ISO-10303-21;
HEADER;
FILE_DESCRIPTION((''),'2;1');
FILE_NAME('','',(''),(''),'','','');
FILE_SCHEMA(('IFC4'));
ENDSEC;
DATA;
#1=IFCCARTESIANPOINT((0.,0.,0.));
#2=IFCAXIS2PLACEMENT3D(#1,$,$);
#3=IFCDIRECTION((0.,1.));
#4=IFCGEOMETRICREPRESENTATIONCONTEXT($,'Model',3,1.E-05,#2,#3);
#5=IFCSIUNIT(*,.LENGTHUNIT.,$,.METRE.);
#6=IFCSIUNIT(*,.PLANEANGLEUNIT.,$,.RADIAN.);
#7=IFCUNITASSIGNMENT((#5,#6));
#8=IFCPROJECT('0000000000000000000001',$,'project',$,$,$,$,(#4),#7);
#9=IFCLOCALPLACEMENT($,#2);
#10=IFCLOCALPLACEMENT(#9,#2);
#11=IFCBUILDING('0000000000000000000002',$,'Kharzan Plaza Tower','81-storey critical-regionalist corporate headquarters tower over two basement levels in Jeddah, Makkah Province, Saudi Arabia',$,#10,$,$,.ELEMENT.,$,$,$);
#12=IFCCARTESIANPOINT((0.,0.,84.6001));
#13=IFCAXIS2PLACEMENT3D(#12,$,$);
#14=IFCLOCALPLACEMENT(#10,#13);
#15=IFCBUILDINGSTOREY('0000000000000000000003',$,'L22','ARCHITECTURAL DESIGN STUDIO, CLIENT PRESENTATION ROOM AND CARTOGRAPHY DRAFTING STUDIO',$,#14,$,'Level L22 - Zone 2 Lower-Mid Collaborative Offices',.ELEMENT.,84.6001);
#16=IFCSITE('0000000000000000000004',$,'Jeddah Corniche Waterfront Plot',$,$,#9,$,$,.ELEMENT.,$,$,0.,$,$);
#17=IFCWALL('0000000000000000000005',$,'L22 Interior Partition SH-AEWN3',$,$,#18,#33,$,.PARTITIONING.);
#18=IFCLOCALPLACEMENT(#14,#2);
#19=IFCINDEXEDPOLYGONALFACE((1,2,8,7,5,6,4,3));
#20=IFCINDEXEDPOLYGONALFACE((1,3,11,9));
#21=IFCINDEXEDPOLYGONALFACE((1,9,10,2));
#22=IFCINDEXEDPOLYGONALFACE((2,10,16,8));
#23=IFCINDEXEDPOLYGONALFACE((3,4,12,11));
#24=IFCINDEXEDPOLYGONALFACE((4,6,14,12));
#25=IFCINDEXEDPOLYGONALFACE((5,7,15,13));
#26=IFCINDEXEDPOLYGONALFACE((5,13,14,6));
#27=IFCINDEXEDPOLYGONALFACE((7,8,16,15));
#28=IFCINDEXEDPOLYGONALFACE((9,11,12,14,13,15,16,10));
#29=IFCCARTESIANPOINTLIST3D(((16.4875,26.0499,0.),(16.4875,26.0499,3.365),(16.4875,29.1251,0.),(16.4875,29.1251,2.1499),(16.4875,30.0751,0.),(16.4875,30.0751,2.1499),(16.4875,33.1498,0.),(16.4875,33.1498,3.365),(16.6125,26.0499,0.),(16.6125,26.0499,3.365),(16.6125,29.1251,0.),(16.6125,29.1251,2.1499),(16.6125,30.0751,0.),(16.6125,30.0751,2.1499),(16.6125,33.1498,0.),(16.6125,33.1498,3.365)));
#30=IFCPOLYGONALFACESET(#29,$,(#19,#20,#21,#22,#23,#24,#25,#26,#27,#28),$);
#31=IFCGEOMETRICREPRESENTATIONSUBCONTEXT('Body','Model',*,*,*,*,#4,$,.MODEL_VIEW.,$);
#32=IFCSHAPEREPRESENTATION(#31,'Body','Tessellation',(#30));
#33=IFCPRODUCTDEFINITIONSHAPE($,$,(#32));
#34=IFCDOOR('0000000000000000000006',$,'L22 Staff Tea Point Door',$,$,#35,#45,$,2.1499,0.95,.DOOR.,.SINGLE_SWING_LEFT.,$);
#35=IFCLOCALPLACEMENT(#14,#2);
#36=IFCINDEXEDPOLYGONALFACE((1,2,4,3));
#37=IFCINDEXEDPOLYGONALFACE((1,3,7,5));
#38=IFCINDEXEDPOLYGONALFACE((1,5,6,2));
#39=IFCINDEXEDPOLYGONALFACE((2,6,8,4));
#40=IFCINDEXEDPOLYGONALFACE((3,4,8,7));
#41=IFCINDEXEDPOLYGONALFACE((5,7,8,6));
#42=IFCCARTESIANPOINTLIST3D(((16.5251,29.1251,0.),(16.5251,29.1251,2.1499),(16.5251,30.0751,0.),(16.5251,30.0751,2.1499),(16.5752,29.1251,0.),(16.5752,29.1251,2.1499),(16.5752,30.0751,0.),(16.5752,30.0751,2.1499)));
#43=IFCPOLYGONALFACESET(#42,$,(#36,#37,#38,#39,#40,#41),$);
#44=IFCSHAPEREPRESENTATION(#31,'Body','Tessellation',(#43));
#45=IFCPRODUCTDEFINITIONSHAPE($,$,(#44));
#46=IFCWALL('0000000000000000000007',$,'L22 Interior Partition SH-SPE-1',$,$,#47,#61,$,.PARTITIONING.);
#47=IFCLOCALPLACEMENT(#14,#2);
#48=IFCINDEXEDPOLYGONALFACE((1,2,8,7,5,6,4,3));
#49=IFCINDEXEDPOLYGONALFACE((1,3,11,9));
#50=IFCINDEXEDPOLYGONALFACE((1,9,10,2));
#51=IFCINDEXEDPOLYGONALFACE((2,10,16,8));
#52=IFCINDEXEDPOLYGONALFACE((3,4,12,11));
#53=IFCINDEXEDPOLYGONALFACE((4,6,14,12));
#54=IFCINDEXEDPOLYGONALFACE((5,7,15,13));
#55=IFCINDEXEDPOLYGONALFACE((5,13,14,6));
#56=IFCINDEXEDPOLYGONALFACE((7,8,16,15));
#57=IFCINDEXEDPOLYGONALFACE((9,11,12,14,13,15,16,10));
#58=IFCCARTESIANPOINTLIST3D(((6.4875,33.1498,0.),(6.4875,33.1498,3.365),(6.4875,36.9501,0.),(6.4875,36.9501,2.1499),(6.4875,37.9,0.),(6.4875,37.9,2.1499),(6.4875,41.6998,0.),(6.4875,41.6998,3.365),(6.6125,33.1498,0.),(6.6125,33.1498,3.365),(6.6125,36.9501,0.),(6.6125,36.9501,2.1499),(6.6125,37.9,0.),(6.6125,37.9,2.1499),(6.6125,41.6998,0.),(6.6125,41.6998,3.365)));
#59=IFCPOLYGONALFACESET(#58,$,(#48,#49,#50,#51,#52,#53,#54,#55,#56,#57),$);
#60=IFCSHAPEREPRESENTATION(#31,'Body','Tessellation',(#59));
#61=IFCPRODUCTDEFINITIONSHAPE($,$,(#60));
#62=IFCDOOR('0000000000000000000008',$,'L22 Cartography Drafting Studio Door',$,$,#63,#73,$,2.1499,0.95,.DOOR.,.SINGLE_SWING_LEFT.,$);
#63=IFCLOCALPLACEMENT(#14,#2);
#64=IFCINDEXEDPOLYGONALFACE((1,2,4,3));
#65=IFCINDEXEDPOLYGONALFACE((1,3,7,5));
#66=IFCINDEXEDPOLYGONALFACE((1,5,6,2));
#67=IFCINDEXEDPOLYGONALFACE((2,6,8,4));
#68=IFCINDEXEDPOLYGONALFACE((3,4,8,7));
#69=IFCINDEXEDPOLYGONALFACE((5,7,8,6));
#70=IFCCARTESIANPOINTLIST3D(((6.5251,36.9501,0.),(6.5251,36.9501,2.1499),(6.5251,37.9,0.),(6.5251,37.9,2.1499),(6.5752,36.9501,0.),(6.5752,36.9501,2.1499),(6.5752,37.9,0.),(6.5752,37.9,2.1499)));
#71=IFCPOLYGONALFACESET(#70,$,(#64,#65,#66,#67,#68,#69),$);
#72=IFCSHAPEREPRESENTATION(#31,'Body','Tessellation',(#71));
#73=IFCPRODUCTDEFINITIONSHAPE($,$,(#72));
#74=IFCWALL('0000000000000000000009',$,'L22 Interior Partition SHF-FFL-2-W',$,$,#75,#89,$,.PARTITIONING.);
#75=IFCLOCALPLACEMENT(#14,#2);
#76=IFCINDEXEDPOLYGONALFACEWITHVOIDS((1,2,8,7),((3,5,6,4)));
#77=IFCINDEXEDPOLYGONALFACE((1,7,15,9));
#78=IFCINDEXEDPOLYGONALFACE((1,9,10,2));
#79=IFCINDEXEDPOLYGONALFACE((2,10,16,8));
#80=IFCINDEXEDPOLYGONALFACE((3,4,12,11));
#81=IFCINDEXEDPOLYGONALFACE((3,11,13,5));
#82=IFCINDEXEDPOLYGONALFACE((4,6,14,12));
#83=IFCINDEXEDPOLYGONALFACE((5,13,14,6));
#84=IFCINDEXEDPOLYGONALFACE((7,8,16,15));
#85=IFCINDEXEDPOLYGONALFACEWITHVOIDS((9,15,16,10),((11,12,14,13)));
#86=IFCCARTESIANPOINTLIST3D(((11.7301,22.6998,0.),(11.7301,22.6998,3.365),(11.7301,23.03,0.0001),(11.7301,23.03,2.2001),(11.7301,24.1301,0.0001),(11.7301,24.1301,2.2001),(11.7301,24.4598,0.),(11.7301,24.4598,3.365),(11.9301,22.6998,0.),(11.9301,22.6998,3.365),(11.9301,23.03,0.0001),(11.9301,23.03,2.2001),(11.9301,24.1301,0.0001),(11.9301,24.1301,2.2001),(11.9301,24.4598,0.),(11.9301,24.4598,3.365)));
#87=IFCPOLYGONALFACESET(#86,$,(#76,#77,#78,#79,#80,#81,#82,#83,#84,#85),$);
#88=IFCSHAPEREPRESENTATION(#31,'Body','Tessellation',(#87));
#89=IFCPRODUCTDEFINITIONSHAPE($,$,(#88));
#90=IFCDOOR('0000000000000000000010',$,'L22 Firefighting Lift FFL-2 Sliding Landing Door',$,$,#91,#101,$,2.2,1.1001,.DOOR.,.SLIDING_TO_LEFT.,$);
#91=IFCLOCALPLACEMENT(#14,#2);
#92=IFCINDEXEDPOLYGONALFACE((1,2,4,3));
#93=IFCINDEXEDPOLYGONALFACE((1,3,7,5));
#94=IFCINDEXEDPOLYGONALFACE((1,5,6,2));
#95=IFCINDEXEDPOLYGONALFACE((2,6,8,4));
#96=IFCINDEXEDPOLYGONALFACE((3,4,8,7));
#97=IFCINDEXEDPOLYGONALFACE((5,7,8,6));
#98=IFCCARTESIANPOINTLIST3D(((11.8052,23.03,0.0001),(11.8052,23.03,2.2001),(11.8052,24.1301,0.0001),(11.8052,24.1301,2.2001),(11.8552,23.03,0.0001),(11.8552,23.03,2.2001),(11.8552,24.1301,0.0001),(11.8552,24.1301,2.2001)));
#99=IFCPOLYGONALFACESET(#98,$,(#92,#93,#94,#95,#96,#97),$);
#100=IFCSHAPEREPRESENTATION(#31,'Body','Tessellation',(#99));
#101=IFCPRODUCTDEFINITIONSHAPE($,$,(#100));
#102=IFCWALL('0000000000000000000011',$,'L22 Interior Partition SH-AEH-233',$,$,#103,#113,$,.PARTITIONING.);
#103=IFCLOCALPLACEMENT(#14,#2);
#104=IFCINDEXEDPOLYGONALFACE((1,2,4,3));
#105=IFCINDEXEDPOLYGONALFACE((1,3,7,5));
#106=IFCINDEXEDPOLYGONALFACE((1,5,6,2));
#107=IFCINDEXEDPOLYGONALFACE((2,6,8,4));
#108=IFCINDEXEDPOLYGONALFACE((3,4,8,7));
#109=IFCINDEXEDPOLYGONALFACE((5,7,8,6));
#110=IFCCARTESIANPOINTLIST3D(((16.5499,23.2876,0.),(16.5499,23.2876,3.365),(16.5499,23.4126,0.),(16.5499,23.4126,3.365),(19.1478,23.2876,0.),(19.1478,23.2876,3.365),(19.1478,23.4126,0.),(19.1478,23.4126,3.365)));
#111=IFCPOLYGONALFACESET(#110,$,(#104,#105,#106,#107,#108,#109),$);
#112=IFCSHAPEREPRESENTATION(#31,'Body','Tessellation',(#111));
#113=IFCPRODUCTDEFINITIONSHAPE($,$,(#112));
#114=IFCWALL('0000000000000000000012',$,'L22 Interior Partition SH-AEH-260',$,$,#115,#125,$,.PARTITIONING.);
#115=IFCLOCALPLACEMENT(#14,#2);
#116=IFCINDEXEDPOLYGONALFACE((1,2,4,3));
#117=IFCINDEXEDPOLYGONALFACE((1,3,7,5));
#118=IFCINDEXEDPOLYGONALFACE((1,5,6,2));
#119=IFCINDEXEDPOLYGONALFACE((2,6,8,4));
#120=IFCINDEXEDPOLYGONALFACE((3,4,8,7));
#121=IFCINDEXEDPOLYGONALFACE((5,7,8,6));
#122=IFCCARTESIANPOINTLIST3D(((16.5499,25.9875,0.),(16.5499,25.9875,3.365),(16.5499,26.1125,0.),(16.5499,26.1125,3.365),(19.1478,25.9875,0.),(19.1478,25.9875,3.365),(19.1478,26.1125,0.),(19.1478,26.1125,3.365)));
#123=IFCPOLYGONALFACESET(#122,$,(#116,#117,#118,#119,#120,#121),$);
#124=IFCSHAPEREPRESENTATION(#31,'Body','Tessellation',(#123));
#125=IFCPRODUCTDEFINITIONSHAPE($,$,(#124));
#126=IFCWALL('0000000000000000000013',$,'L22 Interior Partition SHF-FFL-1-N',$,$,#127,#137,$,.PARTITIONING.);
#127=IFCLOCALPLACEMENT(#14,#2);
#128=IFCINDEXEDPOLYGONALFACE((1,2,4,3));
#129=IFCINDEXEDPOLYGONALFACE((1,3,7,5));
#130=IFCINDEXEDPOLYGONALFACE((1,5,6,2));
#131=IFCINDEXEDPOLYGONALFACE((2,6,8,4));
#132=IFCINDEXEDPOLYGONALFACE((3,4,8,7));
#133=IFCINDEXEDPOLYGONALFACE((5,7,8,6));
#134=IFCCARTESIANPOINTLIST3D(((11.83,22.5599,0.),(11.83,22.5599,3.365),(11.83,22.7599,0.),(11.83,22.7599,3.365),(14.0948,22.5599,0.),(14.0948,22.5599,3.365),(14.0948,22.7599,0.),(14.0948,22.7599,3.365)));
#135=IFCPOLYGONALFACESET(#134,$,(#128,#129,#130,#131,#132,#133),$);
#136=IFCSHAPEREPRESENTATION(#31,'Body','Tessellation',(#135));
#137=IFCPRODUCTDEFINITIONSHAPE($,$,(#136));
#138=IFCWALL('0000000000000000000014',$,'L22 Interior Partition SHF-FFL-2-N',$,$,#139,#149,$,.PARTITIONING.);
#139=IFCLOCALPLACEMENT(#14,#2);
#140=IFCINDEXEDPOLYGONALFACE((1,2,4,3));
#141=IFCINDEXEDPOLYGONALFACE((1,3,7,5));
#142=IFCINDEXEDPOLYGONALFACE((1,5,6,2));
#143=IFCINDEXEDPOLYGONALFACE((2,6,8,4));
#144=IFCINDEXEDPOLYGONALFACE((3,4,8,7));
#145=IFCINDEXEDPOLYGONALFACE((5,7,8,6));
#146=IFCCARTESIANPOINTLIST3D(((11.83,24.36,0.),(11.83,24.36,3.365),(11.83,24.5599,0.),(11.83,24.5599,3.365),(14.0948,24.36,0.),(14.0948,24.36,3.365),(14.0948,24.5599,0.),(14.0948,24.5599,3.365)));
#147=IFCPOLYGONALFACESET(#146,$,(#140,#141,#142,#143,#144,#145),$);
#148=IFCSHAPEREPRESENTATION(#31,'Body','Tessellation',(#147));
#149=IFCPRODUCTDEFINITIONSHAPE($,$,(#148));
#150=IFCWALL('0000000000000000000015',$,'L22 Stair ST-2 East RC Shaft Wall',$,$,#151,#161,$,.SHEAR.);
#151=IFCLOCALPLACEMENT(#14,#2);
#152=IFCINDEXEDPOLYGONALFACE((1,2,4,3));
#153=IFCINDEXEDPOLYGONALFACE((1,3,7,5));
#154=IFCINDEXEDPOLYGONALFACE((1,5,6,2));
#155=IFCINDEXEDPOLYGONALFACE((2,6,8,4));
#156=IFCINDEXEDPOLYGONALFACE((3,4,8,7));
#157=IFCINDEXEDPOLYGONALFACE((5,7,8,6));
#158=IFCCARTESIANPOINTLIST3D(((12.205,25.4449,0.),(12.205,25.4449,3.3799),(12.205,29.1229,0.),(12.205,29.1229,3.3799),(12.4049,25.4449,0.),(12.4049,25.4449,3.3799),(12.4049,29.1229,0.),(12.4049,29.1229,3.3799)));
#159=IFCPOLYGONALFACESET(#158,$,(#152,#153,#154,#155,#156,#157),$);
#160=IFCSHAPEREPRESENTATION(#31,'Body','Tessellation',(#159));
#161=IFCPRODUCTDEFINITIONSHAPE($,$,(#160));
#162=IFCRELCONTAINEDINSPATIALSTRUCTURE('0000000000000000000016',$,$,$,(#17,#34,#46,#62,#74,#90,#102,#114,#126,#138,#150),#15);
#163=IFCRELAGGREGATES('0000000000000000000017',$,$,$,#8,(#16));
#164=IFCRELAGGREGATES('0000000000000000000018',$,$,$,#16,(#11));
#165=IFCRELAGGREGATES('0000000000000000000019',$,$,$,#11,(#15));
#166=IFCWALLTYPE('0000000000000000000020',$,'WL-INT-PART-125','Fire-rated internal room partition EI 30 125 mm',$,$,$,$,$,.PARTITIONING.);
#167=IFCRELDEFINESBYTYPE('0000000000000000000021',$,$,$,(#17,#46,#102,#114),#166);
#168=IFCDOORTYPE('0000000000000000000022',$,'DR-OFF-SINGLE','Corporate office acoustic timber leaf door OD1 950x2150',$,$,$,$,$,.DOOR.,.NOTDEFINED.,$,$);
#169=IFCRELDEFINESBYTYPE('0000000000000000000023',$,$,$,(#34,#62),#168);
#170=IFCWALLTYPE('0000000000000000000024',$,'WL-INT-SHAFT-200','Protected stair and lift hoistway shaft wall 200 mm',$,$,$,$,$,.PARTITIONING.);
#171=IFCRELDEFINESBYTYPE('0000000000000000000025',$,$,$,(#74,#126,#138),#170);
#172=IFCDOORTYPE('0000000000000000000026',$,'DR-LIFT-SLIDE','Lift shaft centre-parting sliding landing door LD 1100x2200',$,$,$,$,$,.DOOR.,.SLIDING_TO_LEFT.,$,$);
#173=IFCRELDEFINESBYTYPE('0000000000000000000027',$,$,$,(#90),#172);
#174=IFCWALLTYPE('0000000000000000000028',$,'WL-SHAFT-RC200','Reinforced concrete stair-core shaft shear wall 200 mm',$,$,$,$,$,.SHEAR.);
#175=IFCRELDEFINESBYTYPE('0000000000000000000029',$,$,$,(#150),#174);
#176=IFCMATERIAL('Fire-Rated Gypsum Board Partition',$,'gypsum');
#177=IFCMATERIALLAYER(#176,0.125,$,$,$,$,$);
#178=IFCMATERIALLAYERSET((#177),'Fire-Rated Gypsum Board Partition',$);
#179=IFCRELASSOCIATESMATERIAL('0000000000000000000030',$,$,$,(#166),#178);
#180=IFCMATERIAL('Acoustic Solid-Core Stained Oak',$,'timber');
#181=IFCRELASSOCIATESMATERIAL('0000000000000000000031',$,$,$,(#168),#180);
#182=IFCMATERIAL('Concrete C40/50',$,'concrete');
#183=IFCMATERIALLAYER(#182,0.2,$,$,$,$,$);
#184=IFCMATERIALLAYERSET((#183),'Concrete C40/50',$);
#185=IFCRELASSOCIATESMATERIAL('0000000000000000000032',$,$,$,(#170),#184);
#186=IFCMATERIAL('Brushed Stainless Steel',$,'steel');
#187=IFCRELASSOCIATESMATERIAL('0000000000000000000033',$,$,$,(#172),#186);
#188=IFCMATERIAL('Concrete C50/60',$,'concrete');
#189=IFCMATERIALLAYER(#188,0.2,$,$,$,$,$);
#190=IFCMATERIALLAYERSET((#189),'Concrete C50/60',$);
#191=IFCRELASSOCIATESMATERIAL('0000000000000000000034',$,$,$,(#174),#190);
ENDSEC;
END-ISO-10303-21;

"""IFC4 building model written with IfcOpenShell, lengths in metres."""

from ifc_helpers import new_model, si_unit, direction, frame, frame_2d, origin, place, context, subcontext, project, spatial, rectangle, extrude, source, transform, mapped, material, layer, layer_set, type_object, element, fill, save


model = new_model("IFC4")

# Units and contexts
model_context = context("Model", 3, precision=1e-05, world=origin(), true_north=direction((0.0, 1.0)))
body_context = subcontext(model_context, "Body", "Model", "MODEL_VIEW")
ifc_project = project(units=[si_unit("LENGTHUNIT", "METRE"), si_unit("PLANEANGLEUNIT", "RADIAN")], contexts=[model_context])

# Site, building, storey
site_placement = place(None, origin())
site = spatial("IfcSite", under=ifc_project, at=site_placement, Name="Jeddah Corniche Waterfront Plot", CompositionType="ELEMENT", RefElevation=0.0)
building_placement = place(site_placement, origin())
building = spatial("IfcBuilding", under=site, at=building_placement, Name="Kharzan Plaza Tower", Description="81-storey critical-regionalist corporate headquarters tower over two basement levels in Jeddah, Makkah Province, Saudi Arabia", CompositionType="ELEMENT")
storey_placement = place(building_placement, frame((0.0, 0.0, 84.6001)))
storey = spatial("IfcBuildingStorey", under=building, at=storey_placement, Name="L22", Description="ARCHITECTURAL DESIGN STUDIO, CLIENT PRESENTATION ROOM AND CARTOGRAPHY DRAFTING STUDIO", LongName="Level L22 - Zone 2 Lower-Mid Collaborative Offices", CompositionType="ELEMENT", Elevation=84.6001)

# Walls, openings, doors
ifc_material_1 = material(Name="Concrete C40/50", Category="concrete")
ifc_material_2 = material(Name="Fire-Rated Gypsum Board Partition", Category="gypsum")
ifc_layer_1 = layer(ifc_material_2, 0.125)
ifc_layer_set_1 = layer_set([ifc_layer_1], Name="Fire-Rated Gypsum Board Partition")
wall_type_1 = type_object("IfcWallType", Name="WL-INT-PART-125", Description="Fire-rated internal room partition EI 30 125 mm", PredefinedType="PARTITIONING", material=ifc_layer_set_1)
wall_1_placement = place(storey_placement, frame((16.55, 26.05, 0.0), z_axis=(0.0, 0.0, 1.0), x_axis=(0.0, 1.0, 0.0)))
wall_1 = element("IfcWall", 1, at=wall_1_placement, inside=storey, type_object=wall_type_1, Name="L22 Interior Partition SH-AEWN3", PredefinedType="PARTITIONING", context=body_context, shape_type="SweptSolid", body=[
    extrude(rectangle(XDim=7.0999, YDim=0.125, at=frame_2d((3.5498, 0.0))), origin(), (0.0, 0.0, 1.0), 3.365),
])
opening_1_placement = place(wall_1_placement, frame((3.075, 0.0, 0.0)))
opening_1 = element("IfcOpeningElement", 2, at=opening_1_placement, cuts=wall_1, PredefinedType="OPENING", context=body_context, shape_type="SweptSolid", body=[
    extrude(rectangle(XDim=0.95, YDim=2.1499, at=frame_2d((0.4751, 1.075))), frame((0.0, 0.0725, 0.0), z_axis=(0.0, -1.0, 0.0), x_axis=(1.0, 0.0, 0.0)), (0.0, 0.0, 1.0), 0.145),
])
ifc_material_3 = material(Name="Acoustic Solid-Core Stained Oak", Category="timber")
door_type_1 = type_object("IfcDoorType", Name="DR-OFF-SINGLE", Description="Corporate office acoustic timber leaf door OD1 950x2150", OperationType="NOTDEFINED", PredefinedType="DOOR", material=ifc_material_3)
shared_shape_1 = source(origin(), body_context, "Body", "SweptSolid", [
    extrude(rectangle(XDim=0.95, YDim=2.1499, at=frame_2d((0.4751, 1.075))), frame((0.0, 0.0249, 0.0), z_axis=(0.0, -1.0, 0.0), x_axis=(1.0, 0.0, 0.0)), (0.0, 0.0, 1.0), 0.05),
])
door_1_placement = place(opening_1_placement, origin())
door_1 = element("IfcDoor", 3, at=door_1_placement, inside=storey, type_object=door_type_1, Name="L22 Staff Tea Point Door", OperationType="SINGLE_SWING_LEFT", OverallHeight=2.1499, OverallWidth=0.95, PredefinedType="DOOR", context=body_context, shape_type="MappedRepresentation", body=[
    mapped(shared_shape_1, transform((0.0, 0.0, 0.0), x_axis=(1.0, 0.0, 0.0), y_axis=(0.0, 1.0, 0.0), z_axis=(0.0, 0.0, 1.0))),
])
fill(opening_1, door_1)
wall_2_placement = place(storey_placement, frame((6.55, 33.1499, 0.0), z_axis=(0.0, 0.0, 1.0), x_axis=(0.0, 1.0, 0.0)))
wall_2 = element("IfcWall", 4, at=wall_2_placement, inside=storey, type_object=wall_type_1, Name="L22 Interior Partition SH-SPE-1", PredefinedType="PARTITIONING", context=body_context, shape_type="SweptSolid", body=[
    extrude(rectangle(XDim=8.55, YDim=0.125, at=frame_2d((4.2749, 0.0))), origin(), (0.0, 0.0, 1.0), 3.365),
])
opening_2_placement = place(wall_2_placement, frame((3.8, 0.0, 0.0)))
opening_2 = element("IfcOpeningElement", 5, at=opening_2_placement, cuts=wall_2, PredefinedType="OPENING", context=body_context, shape_type="SweptSolid", body=[
    extrude(rectangle(XDim=0.95, YDim=2.1499, at=frame_2d((0.4751, 1.075))), frame((0.0, 0.0725, 0.0), z_axis=(0.0, -1.0, 0.0), x_axis=(1.0, 0.0, 0.0)), (0.0, 0.0, 1.0), 0.145),
])
door_2_placement = place(opening_2_placement, origin())
door_2 = element("IfcDoor", 6, at=door_2_placement, inside=storey, type_object=door_type_1, Name="L22 Cartography Drafting Studio Door", OperationType="SINGLE_SWING_LEFT", OverallHeight=2.1499, OverallWidth=0.95, PredefinedType="DOOR", context=body_context, shape_type="MappedRepresentation", body=[
    mapped(shared_shape_1, transform((0.0, 0.0, 0.0), x_axis=(1.0, 0.0, 0.0), y_axis=(0.0, 1.0, 0.0), z_axis=(0.0, 0.0, 1.0))),
])
fill(opening_2, door_2)
ifc_layer_2 = layer(ifc_material_1, 0.2)
ifc_layer_set_2 = layer_set([ifc_layer_2], Name="Concrete C40/50")
wall_type_2 = type_object("IfcWallType", Name="WL-INT-SHAFT-200", Description="Protected stair and lift hoistway shaft wall 200 mm", PredefinedType="PARTITIONING", material=ifc_layer_set_2)
wall_3_placement = place(storey_placement, frame((11.8301, 22.7, 0.0), z_axis=(0.0, 0.0, 1.0), x_axis=(0.0, 1.0, 0.0)))
wall_3 = element("IfcWall", 7, at=wall_3_placement, inside=storey, type_object=wall_type_2, Name="L22 Interior Partition SHF-FFL-2-W", PredefinedType="PARTITIONING", context=body_context, shape_type="SweptSolid", body=[
    extrude(rectangle(XDim=1.76, YDim=0.2, at=frame_2d((0.8799, 0.0))), origin(), (0.0, 0.0, 1.0), 3.365),
])
opening_3_placement = place(wall_3_placement, frame((0.3301, 0.0, 0.0)))
opening_3 = element("IfcOpeningElement", 8, at=opening_3_placement, cuts=wall_3, PredefinedType="OPENING", context=body_context, shape_type="SweptSolid", body=[
    extrude(rectangle(XDim=1.1001, YDim=2.2, at=frame_2d((0.55, 1.1001))), frame((0.0, 0.1099, 0.0), z_axis=(0.0, -1.0, 0.0), x_axis=(1.0, 0.0, 0.0)), (0.0, 0.0, 1.0), 0.22),
])
ifc_material_4 = material(Name="Brushed Stainless Steel", Category="steel")
door_type_2 = type_object("IfcDoorType", Name="DR-LIFT-SLIDE", Description="Lift shaft centre-parting sliding landing door LD 1100x2200", OperationType="SLIDING_TO_LEFT", PredefinedType="DOOR", material=ifc_material_4)
shared_shape_2 = source(origin(), body_context, "Body", "SweptSolid", [
    extrude(rectangle(XDim=1.1001, YDim=2.2, at=frame_2d((0.55, 1.1001))), frame((0.0, 0.0249, 0.0), z_axis=(0.0, -1.0, 0.0), x_axis=(1.0, 0.0, 0.0)), (0.0, 0.0, 1.0), 0.05),
])
door_3_placement = place(opening_3_placement, origin())
door_3 = element("IfcDoor", 9, at=door_3_placement, inside=storey, type_object=door_type_2, Name="L22 Firefighting Lift FFL-2 Sliding Landing Door", OperationType="SLIDING_TO_LEFT", OverallHeight=2.2, OverallWidth=1.1001, PredefinedType="DOOR", context=body_context, shape_type="MappedRepresentation", body=[
    mapped(shared_shape_2, transform((0.0, 0.0, 0.0), x_axis=(1.0, 0.0, 0.0), y_axis=(0.0, 1.0, 0.0), z_axis=(0.0, 0.0, 1.0))),
])
fill(opening_3, door_3)

# Walls
shared_shape_3 = source(origin(), body_context, "Body", "SweptSolid", [
    extrude(rectangle(XDim=2.5979, YDim=0.125, at=frame_2d((1.2988, 0.0))), origin(), (0.0, 0.0, 1.0), 3.365),
])
for number, where, z_axis, x_axis, name in (
    (10, (16.55, 23.3501, 0.0), (0.0, 0.0, 1.0), (1.0, 0.0, 0.0), "L22 Interior Partition SH-AEH-233"),
    (11, (16.55, 26.05, 0.0), (0.0, 0.0, 1.0), (1.0, 0.0, 0.0), "L22 Interior Partition SH-AEH-260"),
):
    element("IfcWall", number, at=place(storey_placement, frame(where, z_axis=z_axis, x_axis=x_axis)), inside=storey, type_object=wall_type_1, Name=name, PredefinedType="PARTITIONING", context=body_context, shape_type="MappedRepresentation", body=[
        mapped(shared_shape_3, transform((0.0, 0.0, 0.0), x_axis=(1.0, 0.0, 0.0), y_axis=(0.0, 1.0, 0.0), z_axis=(0.0, 0.0, 1.0))),
    ])
shared_shape_4 = source(origin(), body_context, "Body", "SweptSolid", [
    extrude(rectangle(XDim=2.2649, YDim=0.2, at=frame_2d((1.1323, 0.0))), origin(), (0.0, 0.0, 1.0), 3.365),
])
for number, where, z_axis, x_axis, name in (
    (12, (11.8301, 22.6599, 0.0), (0.0, 0.0, 1.0), (1.0, 0.0, 0.0), "L22 Interior Partition SHF-FFL-1-N"),
    (13, (11.8301, 24.46, 0.0), (0.0, 0.0, 1.0), (1.0, 0.0, 0.0), "L22 Interior Partition SHF-FFL-2-N"),
):
    element("IfcWall", number, at=place(storey_placement, frame(where, z_axis=z_axis, x_axis=x_axis)), inside=storey, type_object=wall_type_2, Name=name, PredefinedType="PARTITIONING", context=body_context, shape_type="MappedRepresentation", body=[
        mapped(shared_shape_4, transform((0.0, 0.0, 0.0), x_axis=(1.0, 0.0, 0.0), y_axis=(0.0, 1.0, 0.0), z_axis=(0.0, 0.0, 1.0))),
    ])
ifc_material_5 = material(Name="Concrete C50/60", Category="concrete")
ifc_layer_3 = layer(ifc_material_5, 0.2)
ifc_layer_set_3 = layer_set([ifc_layer_3], Name="Concrete C50/60")
wall_type_3 = type_object("IfcWallType", Name="WL-SHAFT-RC200", Description="Reinforced concrete stair-core shaft shear wall 200 mm", PredefinedType="SHEAR", material=ifc_layer_set_3)
shared_shape_5 = source(origin(), body_context, "Body", "SweptSolid", [
    extrude(rectangle(XDim=3.678, YDim=0.2, at=frame_2d((1.8389, 0.0))), origin(), (0.0, 0.0, 1.0), 3.3799),
])
wall_4_placement = place(storey_placement, frame((12.3049, 25.4451, 0.0), z_axis=(0.0, 0.0, 1.0), x_axis=(0.0, 1.0, 0.0)))
element("IfcWall", 14, at=wall_4_placement, inside=storey, type_object=wall_type_3, Name="L22 Stair ST-2 East RC Shaft Wall", PredefinedType="SHEAR", context=body_context, shape_type="MappedRepresentation", body=[
    mapped(shared_shape_5, transform((0.0, 0.0, 0.0), x_axis=(1.0, 0.0, 0.0), y_axis=(0.0, 1.0, 0.0), z_axis=(0.0, 0.0, 1.0))),
])

save(model, "model.ifc")
